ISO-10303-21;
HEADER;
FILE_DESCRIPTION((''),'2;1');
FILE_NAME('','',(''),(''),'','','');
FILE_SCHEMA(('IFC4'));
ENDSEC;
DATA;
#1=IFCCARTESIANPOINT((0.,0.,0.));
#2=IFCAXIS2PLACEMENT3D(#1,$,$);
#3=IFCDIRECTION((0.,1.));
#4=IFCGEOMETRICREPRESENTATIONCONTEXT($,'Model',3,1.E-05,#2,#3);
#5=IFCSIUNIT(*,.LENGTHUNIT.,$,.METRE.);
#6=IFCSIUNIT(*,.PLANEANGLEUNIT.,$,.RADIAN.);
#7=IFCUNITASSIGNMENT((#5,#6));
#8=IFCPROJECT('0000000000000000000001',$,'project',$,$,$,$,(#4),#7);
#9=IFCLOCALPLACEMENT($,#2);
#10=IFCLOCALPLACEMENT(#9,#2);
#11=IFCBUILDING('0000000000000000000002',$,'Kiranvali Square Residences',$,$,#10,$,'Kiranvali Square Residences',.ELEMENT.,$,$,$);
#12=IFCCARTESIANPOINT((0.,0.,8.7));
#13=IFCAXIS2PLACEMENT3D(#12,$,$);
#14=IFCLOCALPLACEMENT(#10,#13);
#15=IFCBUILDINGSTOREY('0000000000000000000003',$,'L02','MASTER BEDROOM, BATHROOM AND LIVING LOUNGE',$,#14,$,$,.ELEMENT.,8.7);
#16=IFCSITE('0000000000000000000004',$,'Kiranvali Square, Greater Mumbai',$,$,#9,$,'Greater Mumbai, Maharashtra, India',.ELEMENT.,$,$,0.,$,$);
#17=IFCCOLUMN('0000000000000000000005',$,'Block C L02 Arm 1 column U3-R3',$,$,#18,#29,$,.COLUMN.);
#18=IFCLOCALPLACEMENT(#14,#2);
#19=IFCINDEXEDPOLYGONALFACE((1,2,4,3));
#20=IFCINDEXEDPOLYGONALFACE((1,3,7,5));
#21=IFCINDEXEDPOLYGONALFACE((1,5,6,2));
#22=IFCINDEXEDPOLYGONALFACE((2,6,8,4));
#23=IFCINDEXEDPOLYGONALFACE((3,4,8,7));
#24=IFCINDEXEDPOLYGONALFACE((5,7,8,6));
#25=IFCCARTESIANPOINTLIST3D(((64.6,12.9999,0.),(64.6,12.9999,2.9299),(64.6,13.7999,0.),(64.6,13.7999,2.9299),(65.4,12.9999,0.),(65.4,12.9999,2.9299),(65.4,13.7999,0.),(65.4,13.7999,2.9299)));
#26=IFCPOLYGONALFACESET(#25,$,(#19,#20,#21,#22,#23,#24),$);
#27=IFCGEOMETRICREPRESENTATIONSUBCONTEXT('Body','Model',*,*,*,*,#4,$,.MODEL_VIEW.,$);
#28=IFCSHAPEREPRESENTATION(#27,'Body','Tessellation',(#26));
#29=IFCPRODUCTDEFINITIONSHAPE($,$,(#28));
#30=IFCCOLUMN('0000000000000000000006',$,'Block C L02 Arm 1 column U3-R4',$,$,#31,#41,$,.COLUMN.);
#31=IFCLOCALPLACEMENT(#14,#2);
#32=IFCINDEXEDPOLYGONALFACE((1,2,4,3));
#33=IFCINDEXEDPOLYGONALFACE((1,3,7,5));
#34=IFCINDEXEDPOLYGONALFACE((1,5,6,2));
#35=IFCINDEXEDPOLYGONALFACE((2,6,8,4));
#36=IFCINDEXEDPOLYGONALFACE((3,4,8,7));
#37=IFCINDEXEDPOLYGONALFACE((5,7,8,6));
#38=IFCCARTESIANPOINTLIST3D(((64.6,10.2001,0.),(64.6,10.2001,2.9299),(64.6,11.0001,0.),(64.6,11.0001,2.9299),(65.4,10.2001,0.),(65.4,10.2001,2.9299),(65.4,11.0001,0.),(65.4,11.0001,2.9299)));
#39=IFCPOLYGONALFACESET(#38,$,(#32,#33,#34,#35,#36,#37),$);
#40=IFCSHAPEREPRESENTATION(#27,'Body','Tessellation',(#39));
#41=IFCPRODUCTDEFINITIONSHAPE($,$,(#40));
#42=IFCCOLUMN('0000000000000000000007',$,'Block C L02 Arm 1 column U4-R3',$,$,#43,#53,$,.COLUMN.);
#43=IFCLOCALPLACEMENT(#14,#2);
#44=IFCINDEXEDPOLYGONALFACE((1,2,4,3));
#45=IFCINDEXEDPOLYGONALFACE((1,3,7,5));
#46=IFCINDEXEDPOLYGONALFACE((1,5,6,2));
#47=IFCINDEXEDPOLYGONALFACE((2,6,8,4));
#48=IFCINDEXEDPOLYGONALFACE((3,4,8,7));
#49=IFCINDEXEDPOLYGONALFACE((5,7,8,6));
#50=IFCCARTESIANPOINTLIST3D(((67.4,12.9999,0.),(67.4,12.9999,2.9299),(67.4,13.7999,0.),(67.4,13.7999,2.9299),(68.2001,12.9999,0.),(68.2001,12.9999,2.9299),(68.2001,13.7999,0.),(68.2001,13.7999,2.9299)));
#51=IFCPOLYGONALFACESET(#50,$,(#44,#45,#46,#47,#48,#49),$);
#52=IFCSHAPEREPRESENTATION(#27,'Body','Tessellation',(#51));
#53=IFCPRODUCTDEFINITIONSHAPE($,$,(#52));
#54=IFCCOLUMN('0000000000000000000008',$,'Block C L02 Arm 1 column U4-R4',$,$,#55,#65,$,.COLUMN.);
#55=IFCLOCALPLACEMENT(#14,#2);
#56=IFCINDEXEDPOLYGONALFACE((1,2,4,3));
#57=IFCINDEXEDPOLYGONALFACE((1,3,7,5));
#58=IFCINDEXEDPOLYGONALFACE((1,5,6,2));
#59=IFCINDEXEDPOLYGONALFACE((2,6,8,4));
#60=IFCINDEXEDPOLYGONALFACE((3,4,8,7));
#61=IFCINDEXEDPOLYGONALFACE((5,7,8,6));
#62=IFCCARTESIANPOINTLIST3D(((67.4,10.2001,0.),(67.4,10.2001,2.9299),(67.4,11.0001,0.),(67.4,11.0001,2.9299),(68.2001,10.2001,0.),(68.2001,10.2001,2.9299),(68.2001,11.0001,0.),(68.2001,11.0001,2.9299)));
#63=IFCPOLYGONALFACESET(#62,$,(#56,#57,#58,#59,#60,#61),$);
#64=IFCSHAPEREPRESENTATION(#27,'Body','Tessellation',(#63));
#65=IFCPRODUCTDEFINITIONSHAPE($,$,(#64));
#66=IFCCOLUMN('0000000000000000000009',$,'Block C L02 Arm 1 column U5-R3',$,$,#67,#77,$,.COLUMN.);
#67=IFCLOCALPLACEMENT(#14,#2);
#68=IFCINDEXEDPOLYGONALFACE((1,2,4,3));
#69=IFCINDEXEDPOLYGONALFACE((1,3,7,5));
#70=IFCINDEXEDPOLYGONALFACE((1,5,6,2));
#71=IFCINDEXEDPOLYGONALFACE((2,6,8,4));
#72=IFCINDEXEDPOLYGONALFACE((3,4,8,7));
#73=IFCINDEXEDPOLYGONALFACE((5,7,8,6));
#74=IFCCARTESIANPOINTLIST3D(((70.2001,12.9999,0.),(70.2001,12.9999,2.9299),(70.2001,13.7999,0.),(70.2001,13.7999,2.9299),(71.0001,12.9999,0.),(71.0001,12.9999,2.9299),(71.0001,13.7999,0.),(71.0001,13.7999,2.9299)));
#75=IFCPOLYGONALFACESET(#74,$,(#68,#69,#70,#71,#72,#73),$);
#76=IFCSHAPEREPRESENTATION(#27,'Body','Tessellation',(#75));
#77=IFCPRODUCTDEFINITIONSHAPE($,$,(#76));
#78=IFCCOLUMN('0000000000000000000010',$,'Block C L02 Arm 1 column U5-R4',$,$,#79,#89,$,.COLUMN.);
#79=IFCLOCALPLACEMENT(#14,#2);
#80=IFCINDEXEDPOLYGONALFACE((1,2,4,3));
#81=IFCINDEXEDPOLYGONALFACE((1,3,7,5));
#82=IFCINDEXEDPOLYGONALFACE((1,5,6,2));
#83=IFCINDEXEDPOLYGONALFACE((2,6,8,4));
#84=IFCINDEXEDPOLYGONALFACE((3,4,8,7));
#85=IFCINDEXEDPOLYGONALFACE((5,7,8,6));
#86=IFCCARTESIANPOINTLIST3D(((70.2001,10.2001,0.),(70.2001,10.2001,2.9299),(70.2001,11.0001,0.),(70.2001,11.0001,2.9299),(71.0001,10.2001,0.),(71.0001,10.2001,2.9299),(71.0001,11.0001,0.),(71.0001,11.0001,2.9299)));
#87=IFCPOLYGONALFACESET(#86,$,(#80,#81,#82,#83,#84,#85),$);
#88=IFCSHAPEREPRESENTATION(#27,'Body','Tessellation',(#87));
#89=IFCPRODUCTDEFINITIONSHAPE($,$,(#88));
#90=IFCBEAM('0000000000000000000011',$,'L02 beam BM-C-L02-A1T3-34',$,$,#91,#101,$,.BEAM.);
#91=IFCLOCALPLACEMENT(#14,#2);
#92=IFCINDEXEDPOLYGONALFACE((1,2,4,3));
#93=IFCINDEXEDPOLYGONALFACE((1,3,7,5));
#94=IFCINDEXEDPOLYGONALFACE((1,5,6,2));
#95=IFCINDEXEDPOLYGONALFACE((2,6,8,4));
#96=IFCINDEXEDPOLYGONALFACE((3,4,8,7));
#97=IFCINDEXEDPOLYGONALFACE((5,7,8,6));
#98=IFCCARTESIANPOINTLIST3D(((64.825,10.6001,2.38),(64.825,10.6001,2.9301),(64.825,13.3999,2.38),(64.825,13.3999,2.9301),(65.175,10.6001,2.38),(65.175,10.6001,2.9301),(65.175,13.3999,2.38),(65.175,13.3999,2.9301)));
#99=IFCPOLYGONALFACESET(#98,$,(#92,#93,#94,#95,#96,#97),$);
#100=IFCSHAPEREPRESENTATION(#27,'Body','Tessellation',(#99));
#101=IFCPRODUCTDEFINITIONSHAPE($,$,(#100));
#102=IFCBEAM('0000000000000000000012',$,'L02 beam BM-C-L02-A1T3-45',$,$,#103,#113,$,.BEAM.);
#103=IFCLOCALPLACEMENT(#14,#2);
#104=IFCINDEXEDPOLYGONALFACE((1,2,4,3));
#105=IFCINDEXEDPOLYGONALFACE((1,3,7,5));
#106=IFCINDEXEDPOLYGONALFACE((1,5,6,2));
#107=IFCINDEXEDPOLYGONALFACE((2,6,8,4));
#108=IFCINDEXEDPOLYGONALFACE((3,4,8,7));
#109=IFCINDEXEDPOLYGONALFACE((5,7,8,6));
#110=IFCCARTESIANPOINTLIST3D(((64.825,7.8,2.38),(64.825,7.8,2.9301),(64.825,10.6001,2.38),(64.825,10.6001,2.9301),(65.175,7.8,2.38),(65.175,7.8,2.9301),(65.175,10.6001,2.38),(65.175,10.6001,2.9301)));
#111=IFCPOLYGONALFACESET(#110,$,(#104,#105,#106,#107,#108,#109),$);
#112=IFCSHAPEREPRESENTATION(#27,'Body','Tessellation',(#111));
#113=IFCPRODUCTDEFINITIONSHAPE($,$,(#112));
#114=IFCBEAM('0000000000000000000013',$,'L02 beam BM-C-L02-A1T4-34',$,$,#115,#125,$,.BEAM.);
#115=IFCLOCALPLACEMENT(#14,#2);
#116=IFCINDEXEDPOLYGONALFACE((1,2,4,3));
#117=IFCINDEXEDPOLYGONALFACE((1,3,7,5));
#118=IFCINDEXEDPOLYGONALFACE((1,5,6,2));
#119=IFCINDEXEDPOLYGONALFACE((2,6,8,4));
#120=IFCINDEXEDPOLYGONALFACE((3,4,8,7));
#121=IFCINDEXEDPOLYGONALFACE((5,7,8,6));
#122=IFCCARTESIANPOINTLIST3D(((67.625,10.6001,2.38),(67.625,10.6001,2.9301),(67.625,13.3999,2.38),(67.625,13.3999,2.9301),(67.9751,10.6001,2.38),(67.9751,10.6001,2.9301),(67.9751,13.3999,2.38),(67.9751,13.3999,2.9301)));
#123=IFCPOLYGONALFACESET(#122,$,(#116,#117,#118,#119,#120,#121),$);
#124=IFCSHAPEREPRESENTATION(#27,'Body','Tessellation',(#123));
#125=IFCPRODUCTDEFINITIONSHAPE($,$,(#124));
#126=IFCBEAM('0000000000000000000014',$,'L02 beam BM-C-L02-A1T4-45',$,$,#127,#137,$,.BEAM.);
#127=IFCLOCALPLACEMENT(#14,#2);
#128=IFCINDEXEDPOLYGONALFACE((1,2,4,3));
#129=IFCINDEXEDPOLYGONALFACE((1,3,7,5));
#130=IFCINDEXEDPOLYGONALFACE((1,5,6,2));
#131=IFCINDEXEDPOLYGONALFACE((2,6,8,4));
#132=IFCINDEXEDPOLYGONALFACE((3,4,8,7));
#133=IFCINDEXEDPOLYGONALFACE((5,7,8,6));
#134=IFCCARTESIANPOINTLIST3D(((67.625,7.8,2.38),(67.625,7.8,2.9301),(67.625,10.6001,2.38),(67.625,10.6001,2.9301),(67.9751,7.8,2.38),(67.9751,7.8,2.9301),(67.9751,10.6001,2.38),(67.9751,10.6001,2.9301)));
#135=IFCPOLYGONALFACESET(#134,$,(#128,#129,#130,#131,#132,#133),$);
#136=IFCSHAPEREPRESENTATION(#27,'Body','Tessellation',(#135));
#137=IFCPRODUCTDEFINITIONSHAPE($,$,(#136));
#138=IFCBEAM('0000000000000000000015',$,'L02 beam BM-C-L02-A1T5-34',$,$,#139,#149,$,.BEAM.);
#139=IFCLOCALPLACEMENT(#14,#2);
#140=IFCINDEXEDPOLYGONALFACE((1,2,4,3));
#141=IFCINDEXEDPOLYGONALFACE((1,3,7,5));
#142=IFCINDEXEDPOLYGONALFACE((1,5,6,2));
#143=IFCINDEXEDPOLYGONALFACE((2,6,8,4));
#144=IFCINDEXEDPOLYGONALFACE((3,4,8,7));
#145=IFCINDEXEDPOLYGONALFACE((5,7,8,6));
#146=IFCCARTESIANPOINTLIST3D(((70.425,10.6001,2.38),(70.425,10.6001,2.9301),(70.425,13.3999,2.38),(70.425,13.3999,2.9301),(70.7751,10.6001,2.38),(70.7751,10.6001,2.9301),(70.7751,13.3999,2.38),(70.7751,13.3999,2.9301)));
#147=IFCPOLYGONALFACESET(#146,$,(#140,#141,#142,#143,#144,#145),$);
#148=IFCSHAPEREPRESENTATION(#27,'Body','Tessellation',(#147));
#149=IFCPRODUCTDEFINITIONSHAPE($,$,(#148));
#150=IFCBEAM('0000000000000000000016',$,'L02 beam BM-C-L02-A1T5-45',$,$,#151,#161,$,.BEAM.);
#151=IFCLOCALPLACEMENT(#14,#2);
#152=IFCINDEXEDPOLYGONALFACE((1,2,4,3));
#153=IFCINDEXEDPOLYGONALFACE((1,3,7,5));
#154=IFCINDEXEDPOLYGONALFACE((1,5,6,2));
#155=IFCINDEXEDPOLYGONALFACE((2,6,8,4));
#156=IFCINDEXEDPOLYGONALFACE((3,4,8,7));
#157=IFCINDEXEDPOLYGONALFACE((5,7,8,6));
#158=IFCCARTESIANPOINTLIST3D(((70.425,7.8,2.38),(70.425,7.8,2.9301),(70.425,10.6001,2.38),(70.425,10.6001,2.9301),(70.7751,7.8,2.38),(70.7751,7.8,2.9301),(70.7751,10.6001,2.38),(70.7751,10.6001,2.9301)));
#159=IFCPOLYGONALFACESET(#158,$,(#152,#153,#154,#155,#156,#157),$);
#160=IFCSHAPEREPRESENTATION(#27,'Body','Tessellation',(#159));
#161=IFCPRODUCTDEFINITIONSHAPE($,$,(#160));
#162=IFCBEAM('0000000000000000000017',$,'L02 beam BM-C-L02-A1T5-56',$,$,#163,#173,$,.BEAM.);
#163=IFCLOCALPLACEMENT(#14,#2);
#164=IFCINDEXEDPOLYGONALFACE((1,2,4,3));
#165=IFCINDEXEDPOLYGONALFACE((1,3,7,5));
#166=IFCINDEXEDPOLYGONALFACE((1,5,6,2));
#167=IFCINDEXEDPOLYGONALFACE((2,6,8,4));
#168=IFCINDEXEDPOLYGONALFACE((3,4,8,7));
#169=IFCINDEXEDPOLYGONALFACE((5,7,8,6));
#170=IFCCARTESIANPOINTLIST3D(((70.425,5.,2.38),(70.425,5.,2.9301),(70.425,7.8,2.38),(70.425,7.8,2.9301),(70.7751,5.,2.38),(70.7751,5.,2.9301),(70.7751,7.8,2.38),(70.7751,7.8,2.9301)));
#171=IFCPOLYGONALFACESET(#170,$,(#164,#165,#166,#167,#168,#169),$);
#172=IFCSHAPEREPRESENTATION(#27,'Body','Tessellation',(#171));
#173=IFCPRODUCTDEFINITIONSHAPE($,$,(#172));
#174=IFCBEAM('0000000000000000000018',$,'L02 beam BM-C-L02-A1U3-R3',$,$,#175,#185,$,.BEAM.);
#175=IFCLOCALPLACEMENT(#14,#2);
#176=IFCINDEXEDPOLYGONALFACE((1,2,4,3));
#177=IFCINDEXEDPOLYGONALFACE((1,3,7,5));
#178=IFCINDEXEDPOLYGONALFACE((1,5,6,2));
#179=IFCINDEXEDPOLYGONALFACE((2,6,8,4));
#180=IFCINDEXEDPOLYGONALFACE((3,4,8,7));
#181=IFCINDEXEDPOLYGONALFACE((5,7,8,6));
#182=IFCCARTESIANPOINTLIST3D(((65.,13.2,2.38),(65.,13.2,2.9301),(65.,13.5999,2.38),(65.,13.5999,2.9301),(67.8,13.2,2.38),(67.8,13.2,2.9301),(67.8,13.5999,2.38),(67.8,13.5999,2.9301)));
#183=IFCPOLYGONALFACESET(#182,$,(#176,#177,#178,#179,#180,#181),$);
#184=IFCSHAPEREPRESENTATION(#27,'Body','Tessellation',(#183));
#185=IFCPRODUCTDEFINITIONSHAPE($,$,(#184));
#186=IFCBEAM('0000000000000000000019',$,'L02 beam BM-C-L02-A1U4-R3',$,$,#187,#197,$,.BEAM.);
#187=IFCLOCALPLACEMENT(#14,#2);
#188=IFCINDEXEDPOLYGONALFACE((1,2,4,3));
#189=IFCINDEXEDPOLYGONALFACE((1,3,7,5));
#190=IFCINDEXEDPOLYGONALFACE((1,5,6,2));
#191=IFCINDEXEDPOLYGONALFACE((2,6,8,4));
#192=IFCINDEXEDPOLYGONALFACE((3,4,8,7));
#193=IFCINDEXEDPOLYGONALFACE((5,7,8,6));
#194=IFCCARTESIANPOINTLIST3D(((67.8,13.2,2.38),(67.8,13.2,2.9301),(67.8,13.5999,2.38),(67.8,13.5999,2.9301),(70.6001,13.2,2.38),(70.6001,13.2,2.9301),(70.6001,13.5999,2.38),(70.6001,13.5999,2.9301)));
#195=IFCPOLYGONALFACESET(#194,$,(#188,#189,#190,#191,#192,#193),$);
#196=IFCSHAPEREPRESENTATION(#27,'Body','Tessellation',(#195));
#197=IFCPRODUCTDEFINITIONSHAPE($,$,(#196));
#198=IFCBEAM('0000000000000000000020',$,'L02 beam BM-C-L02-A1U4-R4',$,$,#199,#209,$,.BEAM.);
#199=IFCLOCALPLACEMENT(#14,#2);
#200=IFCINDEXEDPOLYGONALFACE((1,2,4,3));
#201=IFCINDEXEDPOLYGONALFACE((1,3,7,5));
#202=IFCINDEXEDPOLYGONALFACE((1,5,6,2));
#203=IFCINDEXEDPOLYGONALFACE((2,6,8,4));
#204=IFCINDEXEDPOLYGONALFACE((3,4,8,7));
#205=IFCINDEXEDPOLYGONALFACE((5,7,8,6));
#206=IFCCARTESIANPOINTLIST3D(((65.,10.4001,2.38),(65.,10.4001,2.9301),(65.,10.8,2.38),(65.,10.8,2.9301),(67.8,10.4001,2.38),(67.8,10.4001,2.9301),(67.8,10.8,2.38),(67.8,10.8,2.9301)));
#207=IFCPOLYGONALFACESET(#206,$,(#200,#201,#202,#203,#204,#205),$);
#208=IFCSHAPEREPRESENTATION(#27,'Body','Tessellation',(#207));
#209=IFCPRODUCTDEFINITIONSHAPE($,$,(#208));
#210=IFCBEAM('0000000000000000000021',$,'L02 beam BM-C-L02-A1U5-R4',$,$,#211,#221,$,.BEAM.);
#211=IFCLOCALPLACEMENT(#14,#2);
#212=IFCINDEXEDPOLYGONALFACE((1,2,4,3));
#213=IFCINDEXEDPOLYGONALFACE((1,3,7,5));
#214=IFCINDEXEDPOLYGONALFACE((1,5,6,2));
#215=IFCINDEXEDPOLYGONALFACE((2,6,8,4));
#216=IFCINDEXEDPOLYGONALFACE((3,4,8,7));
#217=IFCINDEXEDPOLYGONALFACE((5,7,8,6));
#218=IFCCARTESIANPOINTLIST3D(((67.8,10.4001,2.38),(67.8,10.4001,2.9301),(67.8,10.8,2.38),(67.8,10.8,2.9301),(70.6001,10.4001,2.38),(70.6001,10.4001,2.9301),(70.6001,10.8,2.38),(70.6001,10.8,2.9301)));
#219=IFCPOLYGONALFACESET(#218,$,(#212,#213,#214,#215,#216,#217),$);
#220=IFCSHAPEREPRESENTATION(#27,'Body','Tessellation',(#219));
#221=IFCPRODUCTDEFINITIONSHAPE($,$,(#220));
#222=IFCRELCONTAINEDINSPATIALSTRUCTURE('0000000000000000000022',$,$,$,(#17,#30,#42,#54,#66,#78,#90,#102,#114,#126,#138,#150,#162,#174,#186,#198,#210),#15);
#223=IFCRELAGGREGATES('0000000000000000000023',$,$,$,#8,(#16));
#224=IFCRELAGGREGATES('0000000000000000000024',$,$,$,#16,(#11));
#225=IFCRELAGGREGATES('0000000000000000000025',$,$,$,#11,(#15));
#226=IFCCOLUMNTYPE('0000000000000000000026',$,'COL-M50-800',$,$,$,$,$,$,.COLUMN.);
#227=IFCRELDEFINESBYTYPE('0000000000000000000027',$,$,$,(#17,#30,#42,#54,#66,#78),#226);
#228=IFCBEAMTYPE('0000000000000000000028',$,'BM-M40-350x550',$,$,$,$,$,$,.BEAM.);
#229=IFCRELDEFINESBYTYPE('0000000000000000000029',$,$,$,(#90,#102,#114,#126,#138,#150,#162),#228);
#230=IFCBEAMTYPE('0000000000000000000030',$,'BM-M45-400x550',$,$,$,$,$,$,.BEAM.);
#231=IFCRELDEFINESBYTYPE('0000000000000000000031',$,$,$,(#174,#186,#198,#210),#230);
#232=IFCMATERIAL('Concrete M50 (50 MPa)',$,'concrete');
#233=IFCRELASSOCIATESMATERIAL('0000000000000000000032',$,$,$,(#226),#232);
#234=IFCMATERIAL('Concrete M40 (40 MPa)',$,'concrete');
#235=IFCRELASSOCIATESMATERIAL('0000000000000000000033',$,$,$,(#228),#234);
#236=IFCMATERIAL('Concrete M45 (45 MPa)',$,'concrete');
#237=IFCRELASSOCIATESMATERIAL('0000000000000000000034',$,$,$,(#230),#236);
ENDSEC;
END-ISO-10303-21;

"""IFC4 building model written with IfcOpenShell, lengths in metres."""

from ifc_helpers import new_model, si_unit, direction, frame, origin, origin_2d, place, context, subcontext, project, spatial, rectangle, extrude, material, material_profile, profile_set, type_object, element, save


model = new_model("IFC4")

# Units and contexts
model_context = context("Model", 3, precision=1e-05, world=origin(), true_north=direction((0.0, 1.0)))
body_context = subcontext(model_context, "Body", "Model", "MODEL_VIEW")
ifc_project = project(units=[si_unit("LENGTHUNIT", "METRE"), si_unit("PLANEANGLEUNIT", "RADIAN")], contexts=[model_context])

# Site, building, storey
site_placement = place(None, origin())
site = spatial("IfcSite", under=ifc_project, at=site_placement, Name="Kiranvali Square, Greater Mumbai", LongName="Greater Mumbai, Maharashtra, India", CompositionType="ELEMENT", RefElevation=0.0)
building_placement = place(site_placement, origin())
building = spatial("IfcBuilding", under=site, at=building_placement, Name="Kiranvali Square Residences", LongName="Kiranvali Square Residences", CompositionType="ELEMENT")
storey_placement = place(building_placement, frame((0.0, 0.0, 8.7)))
storey = spatial("IfcBuildingStorey", under=building, at=storey_placement, Name="L02", Description="MASTER BEDROOM, BATHROOM AND LIVING LOUNGE", CompositionType="ELEMENT", Elevation=8.7)

# Columns
ifc_material_1 = material(Name="Concrete M50 (50 MPa)", Category="concrete")
ifc_material_profile_1 = material_profile(ifc_material_1, rectangle(XDim=0.8, YDim=0.8, at=origin_2d()), Name="RC 800x800")
ifc_profile_set_1 = profile_set([ifc_material_profile_1], Name="Concrete M50 (50 MPa)")
column_type = type_object("IfcColumnType", Name="COL-M50-800", PredefinedType="COLUMN", material=ifc_profile_set_1)
for number, where, z_axis, x_axis, name in (
    (1, (65.0, 13.3999, 0.0), (0.0, 0.0, 1.0), (1.0, 0.0, 0.0), "Block C L02 Arm 1 column U3-R3"),
    (2, (65.0, 10.6001, 0.0), (0.0, 0.0, 1.0), (1.0, 0.0, 0.0), "Block C L02 Arm 1 column U3-R4"),
    (3, (67.8, 13.3999, 0.0), (0.0, 0.0, 1.0), (1.0, 0.0, 0.0), "Block C L02 Arm 1 column U4-R3"),
    (4, (67.8, 10.6001, 0.0), (0.0, 0.0, 1.0), (1.0, 0.0, 0.0), "Block C L02 Arm 1 column U4-R4"),
    (5, (70.6001, 13.3999, 0.0), (0.0, 0.0, 1.0), (1.0, 0.0, 0.0), "Block C L02 Arm 1 column U5-R3"),
    (6, (70.6001, 10.6001, 0.0), (0.0, 0.0, 1.0), (1.0, 0.0, 0.0), "Block C L02 Arm 1 column U5-R4"),
):
    element("IfcColumn", number, at=place(storey_placement, frame(where, z_axis=z_axis, x_axis=x_axis)), inside=storey, type_object=column_type, Name=name, PredefinedType="COLUMN", context=body_context, shape_type="SweptSolid", body=[
        extrude(rectangle(XDim=0.8, YDim=0.8, at=origin_2d()), origin(), (0.0, 0.0, 1.0), 2.9299),
    ])

# Beams
ifc_material_2 = material(Name="Concrete M40 (40 MPa)", Category="concrete")
ifc_material_profile_2 = material_profile(ifc_material_2, rectangle(XDim=0.3501, YDim=0.55, at=origin_2d()), Name="RC 350x550")
ifc_profile_set_2 = profile_set([ifc_material_profile_2], Name="Concrete M40 (40 MPa)")
beam_type_1 = type_object("IfcBeamType", Name="BM-M40-350x550", PredefinedType="BEAM", material=ifc_profile_set_2)
beam_1_placement = place(storey_placement, frame((65.0, 13.3999, 2.655), z_axis=(0.0, -1.0, 0.0), x_axis=(1.0, 0.0, 0.0)))
element("IfcBeam", 7, at=beam_1_placement, inside=storey, type_object=beam_type_1, Name="L02 beam BM-C-L02-A1T3-34", PredefinedType="BEAM", context=body_context, shape_type="SweptSolid", body=[
    extrude(rectangle(XDim=0.3501, YDim=0.55, at=origin_2d()), origin(), (0.0, 0.0, 1.0), 2.7998),
])
beam_2_placement = place(storey_placement, frame((65.0, 10.6001, 2.655), z_axis=(0.0, -1.0, 0.0), x_axis=(1.0, 0.0, 0.0)))
element("IfcBeam", 8, at=beam_2_placement, inside=storey, type_object=beam_type_1, Name="L02 beam BM-C-L02-A1T3-45", PredefinedType="BEAM", context=body_context, shape_type="SweptSolid", body=[
    extrude(rectangle(XDim=0.3501, YDim=0.55, at=origin_2d()), origin(), (0.0, 0.0, 1.0), 2.8),
])
beam_3_placement = place(storey_placement, frame((67.8, 13.3999, 2.655), z_axis=(0.0, -1.0, 0.0), x_axis=(1.0, 0.0, 0.0)))
element("IfcBeam", 9, at=beam_3_placement, inside=storey, type_object=beam_type_1, Name="L02 beam BM-C-L02-A1T4-34", PredefinedType="BEAM", context=body_context, shape_type="SweptSolid", body=[
    extrude(rectangle(XDim=0.3501, YDim=0.55, at=origin_2d()), origin(), (0.0, 0.0, 1.0), 2.7998),
])
beam_4_placement = place(storey_placement, frame((67.8, 10.6001, 2.655), z_axis=(0.0, -1.0, 0.0), x_axis=(1.0, 0.0, 0.0)))
element("IfcBeam", 10, at=beam_4_placement, inside=storey, type_object=beam_type_1, Name="L02 beam BM-C-L02-A1T4-45", PredefinedType="BEAM", context=body_context, shape_type="SweptSolid", body=[
    extrude(rectangle(XDim=0.3501, YDim=0.55, at=origin_2d()), origin(), (0.0, 0.0, 1.0), 2.8),
])
beam_5_placement = place(storey_placement, frame((70.6001, 13.3999, 2.655), z_axis=(0.0, -1.0, 0.0), x_axis=(1.0, 0.0, 0.0)))
element("IfcBeam", 11, at=beam_5_placement, inside=storey, type_object=beam_type_1, Name="L02 beam BM-C-L02-A1T5-34", PredefinedType="BEAM", context=body_context, shape_type="SweptSolid", body=[
    extrude(rectangle(XDim=0.3501, YDim=0.55, at=origin_2d()), origin(), (0.0, 0.0, 1.0), 2.7998),
])
for number, where, z_axis, x_axis, name in (
    (12, (70.6001, 10.6001, 2.655), (0.0, -1.0, 0.0), (1.0, 0.0, 0.0), "L02 beam BM-C-L02-A1T5-45"),
    (13, (70.6001, 7.8, 2.655), (0.0, -1.0, 0.0), (1.0, 0.0, 0.0), "L02 beam BM-C-L02-A1T5-56"),
):
    element("IfcBeam", number, at=place(storey_placement, frame(where, z_axis=z_axis, x_axis=x_axis)), inside=storey, type_object=beam_type_1, Name=name, PredefinedType="BEAM", context=body_context, shape_type="SweptSolid", body=[
        extrude(rectangle(XDim=0.3501, YDim=0.55, at=origin_2d()), origin(), (0.0, 0.0, 1.0), 2.8),
    ])
ifc_material_3 = material(Name="Concrete M45 (45 MPa)", Category="concrete")
ifc_material_profile_3 = material_profile(ifc_material_3, rectangle(XDim=0.3999, YDim=0.55, at=origin_2d()), Name="RC 400x550")
ifc_profile_set_3 = profile_set([ifc_material_profile_3], Name="Concrete M45 (45 MPa)")
beam_type_2 = type_object("IfcBeamType", Name="BM-M45-400x550", PredefinedType="BEAM", material=ifc_profile_set_3)
for number, where, z_axis, x_axis, name in (
    (14, (65.0, 13.3999, 2.655), (1.0, 0.0, 0.0), (0.0, 1.0, 0.0), "L02 beam BM-C-L02-A1U3-R3"),
    (15, (67.8, 13.3999, 2.655), (1.0, 0.0, 0.0), (0.0, 1.0, 0.0), "L02 beam BM-C-L02-A1U4-R3"),
    (16, (65.0, 10.6001, 2.655), (1.0, 0.0, 0.0), (0.0, 1.0, 0.0), "L02 beam BM-C-L02-A1U4-R4"),
    (17, (67.8, 10.6001, 2.655), (1.0, 0.0, 0.0), (0.0, 1.0, 0.0), "L02 beam BM-C-L02-A1U5-R4"),
):
    element("IfcBeam", number, at=place(storey_placement, frame(where, z_axis=z_axis, x_axis=x_axis)), inside=storey, type_object=beam_type_2, Name=name, PredefinedType="BEAM", context=body_context, shape_type="SweptSolid", body=[
        extrude(rectangle(XDim=0.3999, YDim=0.55, at=origin_2d()), origin(), (0.0, 0.0, 1.0), 2.8),
    ])

save(model, "model.ifc")
